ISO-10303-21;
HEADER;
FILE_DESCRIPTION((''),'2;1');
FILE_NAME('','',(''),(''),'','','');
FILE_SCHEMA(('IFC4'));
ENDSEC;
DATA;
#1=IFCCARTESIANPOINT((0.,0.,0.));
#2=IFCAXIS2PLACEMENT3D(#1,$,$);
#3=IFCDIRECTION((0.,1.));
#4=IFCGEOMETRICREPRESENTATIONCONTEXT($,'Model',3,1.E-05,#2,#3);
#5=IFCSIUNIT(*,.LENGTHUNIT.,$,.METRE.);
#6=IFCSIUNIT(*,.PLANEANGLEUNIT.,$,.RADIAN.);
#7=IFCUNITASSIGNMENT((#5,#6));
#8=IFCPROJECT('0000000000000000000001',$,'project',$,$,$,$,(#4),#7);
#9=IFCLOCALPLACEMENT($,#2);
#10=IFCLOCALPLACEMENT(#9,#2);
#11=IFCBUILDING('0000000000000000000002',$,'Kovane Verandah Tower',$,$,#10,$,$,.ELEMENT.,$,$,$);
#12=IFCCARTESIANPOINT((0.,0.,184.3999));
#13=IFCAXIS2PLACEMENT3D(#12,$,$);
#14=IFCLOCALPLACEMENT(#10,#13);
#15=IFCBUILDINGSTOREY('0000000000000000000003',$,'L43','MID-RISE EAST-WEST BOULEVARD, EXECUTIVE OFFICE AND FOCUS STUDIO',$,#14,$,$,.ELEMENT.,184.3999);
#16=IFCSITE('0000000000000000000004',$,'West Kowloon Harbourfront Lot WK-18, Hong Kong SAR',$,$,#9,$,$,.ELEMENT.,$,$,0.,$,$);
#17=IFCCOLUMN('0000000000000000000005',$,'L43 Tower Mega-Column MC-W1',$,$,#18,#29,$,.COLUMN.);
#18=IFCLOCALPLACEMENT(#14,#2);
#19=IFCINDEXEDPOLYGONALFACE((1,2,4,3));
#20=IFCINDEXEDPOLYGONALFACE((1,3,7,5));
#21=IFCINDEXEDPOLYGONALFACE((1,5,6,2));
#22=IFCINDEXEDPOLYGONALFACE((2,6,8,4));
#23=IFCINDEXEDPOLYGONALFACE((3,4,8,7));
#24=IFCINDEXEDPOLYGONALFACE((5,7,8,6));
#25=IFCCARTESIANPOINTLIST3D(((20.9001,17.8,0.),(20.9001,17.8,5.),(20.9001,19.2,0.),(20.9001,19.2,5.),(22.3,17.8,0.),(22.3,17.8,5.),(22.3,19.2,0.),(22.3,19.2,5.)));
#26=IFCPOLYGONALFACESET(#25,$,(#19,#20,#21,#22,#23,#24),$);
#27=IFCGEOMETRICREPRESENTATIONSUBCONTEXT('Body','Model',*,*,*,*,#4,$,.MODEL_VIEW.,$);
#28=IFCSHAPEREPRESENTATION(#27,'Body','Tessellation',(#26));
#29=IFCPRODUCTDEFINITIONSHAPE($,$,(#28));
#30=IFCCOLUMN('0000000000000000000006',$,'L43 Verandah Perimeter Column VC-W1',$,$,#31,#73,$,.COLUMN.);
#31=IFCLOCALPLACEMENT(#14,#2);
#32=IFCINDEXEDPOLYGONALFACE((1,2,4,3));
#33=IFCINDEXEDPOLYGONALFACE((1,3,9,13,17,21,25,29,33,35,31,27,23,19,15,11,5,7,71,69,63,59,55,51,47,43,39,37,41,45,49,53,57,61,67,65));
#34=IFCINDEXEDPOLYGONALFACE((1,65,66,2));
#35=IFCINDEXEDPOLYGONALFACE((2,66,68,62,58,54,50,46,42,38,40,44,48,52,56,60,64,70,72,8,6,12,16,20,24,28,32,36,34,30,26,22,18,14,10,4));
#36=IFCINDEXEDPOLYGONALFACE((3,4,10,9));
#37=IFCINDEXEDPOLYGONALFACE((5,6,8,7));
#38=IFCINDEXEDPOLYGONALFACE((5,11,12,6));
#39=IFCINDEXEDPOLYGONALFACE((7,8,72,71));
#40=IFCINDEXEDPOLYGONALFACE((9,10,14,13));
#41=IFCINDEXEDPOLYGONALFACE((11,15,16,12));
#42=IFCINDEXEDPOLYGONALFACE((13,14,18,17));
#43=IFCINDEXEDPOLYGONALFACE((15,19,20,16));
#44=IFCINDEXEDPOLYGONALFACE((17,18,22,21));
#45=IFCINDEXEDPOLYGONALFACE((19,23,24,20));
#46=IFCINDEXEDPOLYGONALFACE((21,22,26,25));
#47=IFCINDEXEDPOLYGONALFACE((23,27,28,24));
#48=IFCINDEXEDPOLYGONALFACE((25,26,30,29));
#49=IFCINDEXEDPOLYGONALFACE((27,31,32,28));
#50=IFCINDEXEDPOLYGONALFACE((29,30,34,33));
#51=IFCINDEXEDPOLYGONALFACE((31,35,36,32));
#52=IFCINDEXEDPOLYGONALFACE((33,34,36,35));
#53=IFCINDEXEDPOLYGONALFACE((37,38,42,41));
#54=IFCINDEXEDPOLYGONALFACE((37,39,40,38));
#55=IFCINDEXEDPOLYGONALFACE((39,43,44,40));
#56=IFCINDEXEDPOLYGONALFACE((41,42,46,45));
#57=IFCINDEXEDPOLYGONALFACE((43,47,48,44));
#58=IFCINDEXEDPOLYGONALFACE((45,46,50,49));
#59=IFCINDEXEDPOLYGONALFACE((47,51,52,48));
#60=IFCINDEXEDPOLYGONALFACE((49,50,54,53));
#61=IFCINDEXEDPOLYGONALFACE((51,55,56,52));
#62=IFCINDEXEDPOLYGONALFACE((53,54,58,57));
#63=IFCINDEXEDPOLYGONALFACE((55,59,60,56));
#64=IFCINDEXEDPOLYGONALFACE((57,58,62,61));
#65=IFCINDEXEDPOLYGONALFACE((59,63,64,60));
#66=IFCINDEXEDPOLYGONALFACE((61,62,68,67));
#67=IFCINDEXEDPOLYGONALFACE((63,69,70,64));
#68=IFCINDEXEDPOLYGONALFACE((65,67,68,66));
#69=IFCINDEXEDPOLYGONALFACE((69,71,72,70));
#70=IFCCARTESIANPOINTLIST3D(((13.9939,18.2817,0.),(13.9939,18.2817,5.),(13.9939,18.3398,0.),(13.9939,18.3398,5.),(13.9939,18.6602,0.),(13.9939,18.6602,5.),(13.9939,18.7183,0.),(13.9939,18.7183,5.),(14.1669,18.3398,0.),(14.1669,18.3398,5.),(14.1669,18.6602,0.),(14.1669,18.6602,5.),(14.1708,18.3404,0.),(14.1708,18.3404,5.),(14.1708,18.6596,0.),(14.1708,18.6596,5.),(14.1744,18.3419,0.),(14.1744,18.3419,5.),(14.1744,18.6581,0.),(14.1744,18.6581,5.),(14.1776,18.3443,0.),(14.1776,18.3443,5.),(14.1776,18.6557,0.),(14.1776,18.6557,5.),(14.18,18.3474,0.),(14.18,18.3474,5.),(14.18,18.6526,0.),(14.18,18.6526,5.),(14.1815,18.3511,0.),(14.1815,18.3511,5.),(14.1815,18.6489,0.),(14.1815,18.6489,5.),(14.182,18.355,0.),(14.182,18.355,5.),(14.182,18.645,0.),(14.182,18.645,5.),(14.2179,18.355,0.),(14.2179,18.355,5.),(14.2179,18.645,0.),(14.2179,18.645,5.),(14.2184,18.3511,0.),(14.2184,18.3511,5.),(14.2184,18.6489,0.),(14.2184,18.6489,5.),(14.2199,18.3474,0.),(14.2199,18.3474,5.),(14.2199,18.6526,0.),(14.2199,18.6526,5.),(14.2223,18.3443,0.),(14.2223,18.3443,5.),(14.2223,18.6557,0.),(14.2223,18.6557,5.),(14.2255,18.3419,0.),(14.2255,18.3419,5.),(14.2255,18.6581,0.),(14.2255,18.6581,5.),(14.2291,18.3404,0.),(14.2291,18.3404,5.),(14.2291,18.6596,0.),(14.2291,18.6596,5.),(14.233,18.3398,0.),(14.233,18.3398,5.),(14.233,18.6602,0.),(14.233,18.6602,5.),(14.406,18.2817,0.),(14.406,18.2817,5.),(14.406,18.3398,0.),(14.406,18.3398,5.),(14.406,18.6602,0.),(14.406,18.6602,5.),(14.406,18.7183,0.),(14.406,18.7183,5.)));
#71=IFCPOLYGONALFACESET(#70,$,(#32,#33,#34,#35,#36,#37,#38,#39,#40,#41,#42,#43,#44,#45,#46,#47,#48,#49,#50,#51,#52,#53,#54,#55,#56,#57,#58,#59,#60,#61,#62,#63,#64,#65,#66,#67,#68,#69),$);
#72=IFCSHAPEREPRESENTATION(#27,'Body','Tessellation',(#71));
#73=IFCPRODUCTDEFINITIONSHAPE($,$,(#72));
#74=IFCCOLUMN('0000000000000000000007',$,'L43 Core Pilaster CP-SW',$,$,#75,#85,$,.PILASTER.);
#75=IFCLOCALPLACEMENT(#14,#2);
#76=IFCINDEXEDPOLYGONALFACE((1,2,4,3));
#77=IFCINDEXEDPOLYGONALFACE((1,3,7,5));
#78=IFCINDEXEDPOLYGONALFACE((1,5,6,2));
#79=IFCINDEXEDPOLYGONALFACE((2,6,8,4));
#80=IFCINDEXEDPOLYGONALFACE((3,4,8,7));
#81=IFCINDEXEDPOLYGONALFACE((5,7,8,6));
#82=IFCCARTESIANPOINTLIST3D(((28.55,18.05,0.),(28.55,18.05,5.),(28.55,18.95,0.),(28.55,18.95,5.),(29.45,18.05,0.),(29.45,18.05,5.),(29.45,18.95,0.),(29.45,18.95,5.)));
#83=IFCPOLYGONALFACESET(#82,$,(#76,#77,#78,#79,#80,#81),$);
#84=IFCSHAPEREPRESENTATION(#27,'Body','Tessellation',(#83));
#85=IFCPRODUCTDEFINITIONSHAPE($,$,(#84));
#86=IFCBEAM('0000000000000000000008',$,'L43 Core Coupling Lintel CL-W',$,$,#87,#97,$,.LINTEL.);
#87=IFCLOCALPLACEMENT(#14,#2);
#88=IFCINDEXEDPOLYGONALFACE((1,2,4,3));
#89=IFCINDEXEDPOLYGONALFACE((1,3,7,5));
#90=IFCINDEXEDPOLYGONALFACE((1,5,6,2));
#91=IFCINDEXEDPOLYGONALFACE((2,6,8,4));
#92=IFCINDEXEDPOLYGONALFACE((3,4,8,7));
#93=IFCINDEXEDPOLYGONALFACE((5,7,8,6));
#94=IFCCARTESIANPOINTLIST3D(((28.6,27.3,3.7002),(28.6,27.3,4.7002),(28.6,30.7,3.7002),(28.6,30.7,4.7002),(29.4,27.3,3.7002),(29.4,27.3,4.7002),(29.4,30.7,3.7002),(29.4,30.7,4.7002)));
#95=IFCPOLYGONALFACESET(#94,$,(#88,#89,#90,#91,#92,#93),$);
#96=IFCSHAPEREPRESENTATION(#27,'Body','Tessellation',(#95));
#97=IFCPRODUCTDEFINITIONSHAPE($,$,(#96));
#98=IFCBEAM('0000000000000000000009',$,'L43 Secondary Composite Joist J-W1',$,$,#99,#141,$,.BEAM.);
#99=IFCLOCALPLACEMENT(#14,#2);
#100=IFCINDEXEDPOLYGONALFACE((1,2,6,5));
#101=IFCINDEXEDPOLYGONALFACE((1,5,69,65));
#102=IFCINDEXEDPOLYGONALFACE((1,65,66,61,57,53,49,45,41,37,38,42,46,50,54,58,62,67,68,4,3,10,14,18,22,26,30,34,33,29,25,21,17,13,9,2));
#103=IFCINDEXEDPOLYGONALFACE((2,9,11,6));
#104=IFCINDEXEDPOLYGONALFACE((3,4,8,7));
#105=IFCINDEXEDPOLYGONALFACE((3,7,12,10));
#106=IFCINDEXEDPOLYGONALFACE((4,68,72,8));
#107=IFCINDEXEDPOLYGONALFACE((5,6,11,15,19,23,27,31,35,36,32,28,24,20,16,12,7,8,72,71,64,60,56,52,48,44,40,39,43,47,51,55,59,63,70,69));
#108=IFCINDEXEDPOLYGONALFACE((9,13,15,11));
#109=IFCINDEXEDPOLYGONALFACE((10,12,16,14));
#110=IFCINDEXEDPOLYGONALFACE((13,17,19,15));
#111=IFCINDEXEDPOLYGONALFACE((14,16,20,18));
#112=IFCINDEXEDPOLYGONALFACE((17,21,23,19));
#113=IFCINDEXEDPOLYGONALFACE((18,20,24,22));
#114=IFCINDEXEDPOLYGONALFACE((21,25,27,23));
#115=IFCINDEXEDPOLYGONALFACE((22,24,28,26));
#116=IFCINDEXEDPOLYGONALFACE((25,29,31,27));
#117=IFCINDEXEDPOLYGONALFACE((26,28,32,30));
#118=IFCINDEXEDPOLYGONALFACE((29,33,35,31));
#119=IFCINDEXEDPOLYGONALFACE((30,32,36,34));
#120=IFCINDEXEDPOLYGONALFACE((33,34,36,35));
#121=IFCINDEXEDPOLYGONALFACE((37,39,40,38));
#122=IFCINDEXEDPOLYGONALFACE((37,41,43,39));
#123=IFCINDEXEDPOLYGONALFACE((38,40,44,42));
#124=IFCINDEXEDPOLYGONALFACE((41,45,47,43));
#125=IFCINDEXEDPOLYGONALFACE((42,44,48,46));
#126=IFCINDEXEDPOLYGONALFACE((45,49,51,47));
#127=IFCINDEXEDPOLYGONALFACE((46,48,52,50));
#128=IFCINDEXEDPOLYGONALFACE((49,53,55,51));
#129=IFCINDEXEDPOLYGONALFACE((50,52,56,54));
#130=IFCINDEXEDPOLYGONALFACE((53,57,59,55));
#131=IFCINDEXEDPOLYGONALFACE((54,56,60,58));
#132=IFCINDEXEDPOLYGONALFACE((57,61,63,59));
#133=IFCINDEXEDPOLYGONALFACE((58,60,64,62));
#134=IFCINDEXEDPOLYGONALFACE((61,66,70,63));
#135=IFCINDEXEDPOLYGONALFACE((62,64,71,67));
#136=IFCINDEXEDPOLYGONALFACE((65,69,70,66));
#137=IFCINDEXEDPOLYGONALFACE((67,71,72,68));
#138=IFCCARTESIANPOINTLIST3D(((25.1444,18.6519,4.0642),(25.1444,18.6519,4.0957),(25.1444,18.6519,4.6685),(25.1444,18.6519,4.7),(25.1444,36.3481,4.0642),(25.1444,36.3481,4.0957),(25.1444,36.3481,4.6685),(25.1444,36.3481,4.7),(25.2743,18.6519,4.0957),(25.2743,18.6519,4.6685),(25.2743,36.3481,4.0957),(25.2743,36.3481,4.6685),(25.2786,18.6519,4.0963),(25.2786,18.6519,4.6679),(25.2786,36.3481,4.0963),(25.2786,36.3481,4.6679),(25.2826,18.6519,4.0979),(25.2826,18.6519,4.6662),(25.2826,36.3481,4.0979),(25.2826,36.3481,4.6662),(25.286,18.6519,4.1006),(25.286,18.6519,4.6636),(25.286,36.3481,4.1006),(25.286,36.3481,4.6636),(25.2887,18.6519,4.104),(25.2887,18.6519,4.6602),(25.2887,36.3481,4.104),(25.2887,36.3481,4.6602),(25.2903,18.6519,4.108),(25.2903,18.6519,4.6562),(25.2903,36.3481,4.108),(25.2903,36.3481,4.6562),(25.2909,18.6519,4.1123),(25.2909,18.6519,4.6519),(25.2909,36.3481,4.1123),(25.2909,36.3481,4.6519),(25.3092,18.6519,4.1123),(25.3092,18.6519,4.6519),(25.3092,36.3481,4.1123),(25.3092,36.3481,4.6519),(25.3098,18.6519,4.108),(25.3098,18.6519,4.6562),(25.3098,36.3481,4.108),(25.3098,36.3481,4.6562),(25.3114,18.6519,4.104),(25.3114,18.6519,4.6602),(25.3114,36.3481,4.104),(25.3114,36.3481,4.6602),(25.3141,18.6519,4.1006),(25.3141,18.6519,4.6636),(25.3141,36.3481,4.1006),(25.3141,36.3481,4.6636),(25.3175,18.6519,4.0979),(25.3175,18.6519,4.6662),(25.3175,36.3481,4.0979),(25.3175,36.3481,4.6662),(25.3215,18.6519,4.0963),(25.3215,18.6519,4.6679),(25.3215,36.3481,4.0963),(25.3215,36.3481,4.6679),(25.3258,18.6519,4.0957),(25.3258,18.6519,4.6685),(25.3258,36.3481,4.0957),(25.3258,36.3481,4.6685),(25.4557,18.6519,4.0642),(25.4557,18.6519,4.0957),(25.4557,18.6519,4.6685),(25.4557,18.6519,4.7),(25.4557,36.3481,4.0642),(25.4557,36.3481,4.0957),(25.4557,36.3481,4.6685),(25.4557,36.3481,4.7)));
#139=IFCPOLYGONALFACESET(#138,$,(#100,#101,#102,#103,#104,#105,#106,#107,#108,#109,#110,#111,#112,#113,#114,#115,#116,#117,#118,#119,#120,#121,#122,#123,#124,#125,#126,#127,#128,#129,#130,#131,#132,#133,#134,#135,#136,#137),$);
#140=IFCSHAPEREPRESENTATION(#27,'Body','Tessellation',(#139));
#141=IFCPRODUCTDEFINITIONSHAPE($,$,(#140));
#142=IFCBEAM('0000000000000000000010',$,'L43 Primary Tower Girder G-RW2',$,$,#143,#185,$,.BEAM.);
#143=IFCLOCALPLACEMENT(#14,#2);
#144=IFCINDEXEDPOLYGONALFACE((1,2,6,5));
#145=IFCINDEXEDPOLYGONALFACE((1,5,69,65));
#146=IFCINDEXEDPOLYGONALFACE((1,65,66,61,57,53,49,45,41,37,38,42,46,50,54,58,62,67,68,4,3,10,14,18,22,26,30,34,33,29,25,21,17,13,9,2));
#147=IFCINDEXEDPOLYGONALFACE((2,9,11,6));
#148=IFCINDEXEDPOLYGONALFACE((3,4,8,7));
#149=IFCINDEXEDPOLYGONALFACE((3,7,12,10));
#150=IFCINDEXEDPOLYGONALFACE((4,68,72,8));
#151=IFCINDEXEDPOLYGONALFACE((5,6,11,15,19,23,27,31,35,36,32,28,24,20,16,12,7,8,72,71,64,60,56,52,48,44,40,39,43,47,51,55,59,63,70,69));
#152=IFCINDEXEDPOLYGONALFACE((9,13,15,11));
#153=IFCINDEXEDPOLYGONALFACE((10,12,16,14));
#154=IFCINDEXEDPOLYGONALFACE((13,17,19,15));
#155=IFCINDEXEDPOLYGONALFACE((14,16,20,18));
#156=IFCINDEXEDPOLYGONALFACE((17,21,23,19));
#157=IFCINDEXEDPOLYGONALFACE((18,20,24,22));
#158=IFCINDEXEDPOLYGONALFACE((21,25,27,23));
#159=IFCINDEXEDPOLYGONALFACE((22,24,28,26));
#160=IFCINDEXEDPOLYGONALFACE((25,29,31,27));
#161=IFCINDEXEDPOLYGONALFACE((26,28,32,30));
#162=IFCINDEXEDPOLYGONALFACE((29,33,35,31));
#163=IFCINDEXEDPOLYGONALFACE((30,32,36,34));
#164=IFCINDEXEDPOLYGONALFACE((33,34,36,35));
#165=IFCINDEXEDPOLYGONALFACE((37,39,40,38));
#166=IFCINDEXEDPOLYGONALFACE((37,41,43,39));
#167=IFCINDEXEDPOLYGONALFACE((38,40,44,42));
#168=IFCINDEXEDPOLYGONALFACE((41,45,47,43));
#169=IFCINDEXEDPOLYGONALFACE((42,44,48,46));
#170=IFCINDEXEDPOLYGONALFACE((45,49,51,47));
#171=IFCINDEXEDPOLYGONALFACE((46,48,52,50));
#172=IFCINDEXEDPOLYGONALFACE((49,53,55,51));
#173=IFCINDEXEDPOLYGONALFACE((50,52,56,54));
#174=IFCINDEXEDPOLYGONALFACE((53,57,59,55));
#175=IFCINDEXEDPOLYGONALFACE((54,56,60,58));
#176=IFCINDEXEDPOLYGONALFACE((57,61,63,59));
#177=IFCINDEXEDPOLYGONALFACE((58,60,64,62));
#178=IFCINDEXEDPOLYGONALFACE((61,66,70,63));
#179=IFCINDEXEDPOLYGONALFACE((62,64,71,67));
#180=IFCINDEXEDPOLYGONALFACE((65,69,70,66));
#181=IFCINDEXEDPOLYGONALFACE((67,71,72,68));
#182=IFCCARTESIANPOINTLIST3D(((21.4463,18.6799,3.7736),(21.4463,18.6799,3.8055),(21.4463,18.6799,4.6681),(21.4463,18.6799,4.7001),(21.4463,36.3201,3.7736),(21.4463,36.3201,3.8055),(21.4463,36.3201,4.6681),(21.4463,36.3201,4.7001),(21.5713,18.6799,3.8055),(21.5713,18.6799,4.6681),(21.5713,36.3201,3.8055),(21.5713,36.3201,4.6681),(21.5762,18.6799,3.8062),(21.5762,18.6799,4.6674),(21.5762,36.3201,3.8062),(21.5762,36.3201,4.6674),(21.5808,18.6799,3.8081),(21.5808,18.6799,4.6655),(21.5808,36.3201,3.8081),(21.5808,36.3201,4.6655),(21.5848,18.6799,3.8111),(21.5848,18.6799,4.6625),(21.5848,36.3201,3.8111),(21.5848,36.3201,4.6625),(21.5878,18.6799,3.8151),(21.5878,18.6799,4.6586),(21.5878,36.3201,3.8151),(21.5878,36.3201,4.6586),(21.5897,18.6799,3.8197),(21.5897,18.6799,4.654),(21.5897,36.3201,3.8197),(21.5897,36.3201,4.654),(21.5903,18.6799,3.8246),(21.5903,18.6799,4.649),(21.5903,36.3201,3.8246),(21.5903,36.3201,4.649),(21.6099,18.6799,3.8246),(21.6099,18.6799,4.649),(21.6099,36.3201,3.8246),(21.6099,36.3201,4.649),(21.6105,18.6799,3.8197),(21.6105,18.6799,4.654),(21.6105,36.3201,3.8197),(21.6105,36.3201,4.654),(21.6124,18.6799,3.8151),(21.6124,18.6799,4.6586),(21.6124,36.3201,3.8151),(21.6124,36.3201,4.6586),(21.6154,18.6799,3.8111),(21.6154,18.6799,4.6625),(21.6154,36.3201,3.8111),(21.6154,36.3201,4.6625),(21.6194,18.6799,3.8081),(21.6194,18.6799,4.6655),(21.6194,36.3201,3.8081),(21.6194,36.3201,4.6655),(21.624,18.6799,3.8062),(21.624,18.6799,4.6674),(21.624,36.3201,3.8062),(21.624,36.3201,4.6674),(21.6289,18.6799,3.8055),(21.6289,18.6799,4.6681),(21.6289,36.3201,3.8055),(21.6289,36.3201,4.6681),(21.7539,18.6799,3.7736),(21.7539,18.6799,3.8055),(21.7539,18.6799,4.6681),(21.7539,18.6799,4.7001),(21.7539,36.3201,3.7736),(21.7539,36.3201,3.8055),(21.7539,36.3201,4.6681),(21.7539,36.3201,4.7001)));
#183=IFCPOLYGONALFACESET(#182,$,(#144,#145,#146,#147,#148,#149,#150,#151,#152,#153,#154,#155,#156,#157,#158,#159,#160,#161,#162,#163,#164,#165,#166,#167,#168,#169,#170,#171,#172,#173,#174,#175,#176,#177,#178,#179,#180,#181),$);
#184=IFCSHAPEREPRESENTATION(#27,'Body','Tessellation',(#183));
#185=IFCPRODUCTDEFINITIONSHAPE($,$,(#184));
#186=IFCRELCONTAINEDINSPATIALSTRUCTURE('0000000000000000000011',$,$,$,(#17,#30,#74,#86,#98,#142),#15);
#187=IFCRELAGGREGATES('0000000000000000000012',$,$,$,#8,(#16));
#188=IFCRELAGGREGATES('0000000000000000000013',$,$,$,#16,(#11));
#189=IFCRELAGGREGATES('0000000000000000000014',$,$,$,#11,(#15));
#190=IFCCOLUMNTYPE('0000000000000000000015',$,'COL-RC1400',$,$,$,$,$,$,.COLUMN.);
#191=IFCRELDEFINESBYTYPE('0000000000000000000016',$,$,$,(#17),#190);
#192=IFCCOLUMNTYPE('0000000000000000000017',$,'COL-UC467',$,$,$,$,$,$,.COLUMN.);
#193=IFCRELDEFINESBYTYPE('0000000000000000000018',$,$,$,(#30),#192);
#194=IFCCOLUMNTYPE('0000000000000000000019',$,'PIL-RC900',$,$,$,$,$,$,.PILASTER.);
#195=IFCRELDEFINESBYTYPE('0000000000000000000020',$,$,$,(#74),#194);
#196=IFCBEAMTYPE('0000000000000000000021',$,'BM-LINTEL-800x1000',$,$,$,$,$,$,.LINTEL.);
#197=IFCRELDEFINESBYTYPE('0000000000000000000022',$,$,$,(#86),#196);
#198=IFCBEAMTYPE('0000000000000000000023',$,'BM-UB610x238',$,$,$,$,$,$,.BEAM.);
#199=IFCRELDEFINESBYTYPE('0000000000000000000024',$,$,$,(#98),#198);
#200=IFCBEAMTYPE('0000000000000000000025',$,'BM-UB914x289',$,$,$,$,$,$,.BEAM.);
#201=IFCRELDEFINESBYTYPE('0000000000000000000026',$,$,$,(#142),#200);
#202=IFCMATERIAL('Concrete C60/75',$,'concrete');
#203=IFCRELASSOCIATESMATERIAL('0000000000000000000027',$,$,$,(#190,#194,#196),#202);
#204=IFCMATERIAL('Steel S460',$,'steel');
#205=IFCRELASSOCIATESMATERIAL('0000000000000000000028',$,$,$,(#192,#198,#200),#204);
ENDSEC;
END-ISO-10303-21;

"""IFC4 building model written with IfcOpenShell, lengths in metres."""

from ifc_helpers import new_model, si_unit, direction, frame, origin, origin_2d, place, context, subcontext, project, spatial, rectangle, i_section, extrude, material, material_profile, profile_set, type_object, element, save


model = new_model("IFC4")

# Units and contexts
model_context = context("Model", 3, precision=1e-05, world=origin(), true_north=direction((0.0, 1.0)))
body_context = subcontext(model_context, "Body", "Model", "MODEL_VIEW")
ifc_project = project(units=[si_unit("LENGTHUNIT", "METRE"), si_unit("PLANEANGLEUNIT", "RADIAN")], contexts=[model_context])

# Site, building, storey
site_placement = place(None, origin())
site = spatial("IfcSite", under=ifc_project, at=site_placement, Name="West Kowloon Harbourfront Lot WK-18, Hong Kong SAR", CompositionType="ELEMENT", RefElevation=0.0)
building_placement = place(site_placement, origin())
building = spatial("IfcBuilding", under=site, at=building_placement, Name="Kovane Verandah Tower", CompositionType="ELEMENT")
storey_placement = place(building_placement, frame((0.0, 0.0, 184.3999)))
storey = spatial("IfcBuildingStorey", under=building, at=storey_placement, Name="L43", Description="MID-RISE EAST-WEST BOULEVARD, EXECUTIVE OFFICE AND FOCUS STUDIO", CompositionType="ELEMENT", Elevation=184.3999)

# Columns
ifc_material_1 = material(Name="Concrete C60/75", Category="concrete")
ifc_material_profile_1 = material_profile(ifc_material_1, rectangle(XDim=1.3999, YDim=1.3999, at=origin_2d()), Name="RC1400x1400")
ifc_profile_set_1 = profile_set([ifc_material_profile_1], Name="Concrete C60/75")
column_type_1 = type_object("IfcColumnType", Name="COL-RC1400", PredefinedType="COLUMN", material=ifc_profile_set_1)
column_1_placement = place(storey_placement, frame((21.6001, 18.5, 0.0), z_axis=(0.0, 0.0, 1.0), x_axis=(1.0, 0.0, 0.0)))
element("IfcColumn", 1, at=column_1_placement, inside=storey, type_object=column_type_1, Name="L43 Tower Mega-Column MC-W1", PredefinedType="COLUMN", context=body_context, shape_type="SweptSolid", body=[
    extrude(rectangle(XDim=1.3999, YDim=1.3999, at=origin_2d()), origin(), (0.0, 0.0, 1.0), 5.0),
])
ifc_material_2 = material(Name="Steel S460", Category="steel")
ifc_material_profile_2 = material_profile(ifc_material_2, i_section(OverallWidth=0.4121, OverallDepth=0.4365, WebThickness=0.0359, FlangeThickness=0.0581, FilletRadius=0.0151, at=origin_2d()), Name="UC356x406x467")
ifc_profile_set_2 = profile_set([ifc_material_profile_2], Name="Steel S460")
column_type_2 = type_object("IfcColumnType", Name="COL-UC467", PredefinedType="COLUMN", material=ifc_profile_set_2)
column_2_placement = place(storey_placement, frame((14.2, 18.5, 0.0), z_axis=(0.0, 0.0, 1.0), x_axis=(1.0, 0.0, 0.0)))
element("IfcColumn", 2, at=column_2_placement, inside=storey, type_object=column_type_2, Name="L43 Verandah Perimeter Column VC-W1", PredefinedType="COLUMN", context=body_context, shape_type="SweptSolid", body=[
    extrude(i_section(OverallWidth=0.4121, OverallDepth=0.4365, WebThickness=0.0359, FlangeThickness=0.0581, FilletRadius=0.0151, at=origin_2d()), origin(), (0.0, 0.0, 1.0), 5.0),
])
ifc_material_profile_3 = material_profile(ifc_material_1, rectangle(XDim=0.8999, YDim=0.8999, at=origin_2d()), Name="RC900x900")
ifc_profile_set_3 = profile_set([ifc_material_profile_3], Name="Concrete C60/75")
column_type_3 = type_object("IfcColumnType", Name="PIL-RC900", PredefinedType="PILASTER", material=ifc_profile_set_3)
column_3_placement = place(storey_placement, frame((29.0, 18.5, 0.0), z_axis=(0.0, 0.0, 1.0), x_axis=(1.0, 0.0, 0.0)))
element("IfcColumn", 3, at=column_3_placement, inside=storey, type_object=column_type_3, Name="L43 Core Pilaster CP-SW", PredefinedType="PILASTER", context=body_context, shape_type="SweptSolid", body=[
    extrude(rectangle(XDim=0.8999, YDim=0.8999, at=origin_2d()), origin(), (0.0, 0.0, 1.0), 5.0),
])

# Beams
ifc_material_profile_4 = material_profile(ifc_material_1, rectangle(XDim=0.8, YDim=1.0, at=origin_2d()), Name="RCB800x1000")
ifc_profile_set_4 = profile_set([ifc_material_profile_4], Name="Concrete C60/75")
beam_type_1 = type_object("IfcBeamType", Name="BM-LINTEL-800x1000", PredefinedType="LINTEL", material=ifc_profile_set_4)
beam_1_placement = place(storey_placement, frame((29.0, 27.3, 4.2002), z_axis=(0.0, 1.0, 0.0), x_axis=(-1.0, 0.0, 0.0)))
element("IfcBeam", 4, at=beam_1_placement, inside=storey, type_object=beam_type_1, Name="L43 Core Coupling Lintel CL-W", PredefinedType="LINTEL", context=body_context, shape_type="SweptSolid", body=[
    extrude(rectangle(XDim=0.8, YDim=1.0, at=origin_2d()), origin(), (0.0, 0.0, 1.0), 3.3999),
])
ifc_material_profile_5 = material_profile(ifc_material_2, i_section(OverallWidth=0.3113, OverallDepth=0.6357, WebThickness=0.0183, FlangeThickness=0.0315, FilletRadius=0.0166, at=origin_2d()), Name="UB610x305x238")
ifc_profile_set_5 = profile_set([ifc_material_profile_5], Name="Steel S460")
beam_type_2 = type_object("IfcBeamType", Name="BM-UB610x238", PredefinedType="BEAM", material=ifc_profile_set_5)
beam_2_placement = place(storey_placement, frame((25.3, 18.6519, 4.3821), z_axis=(0.0, 1.0, 0.0), x_axis=(-1.0, 0.0, 0.0)))
element("IfcBeam", 5, at=beam_2_placement, inside=storey, type_object=beam_type_2, Name="L43 Secondary Composite Joist J-W1", PredefinedType="BEAM", context=body_context, shape_type="SweptSolid", body=[
    extrude(i_section(OverallWidth=0.3113, OverallDepth=0.6357, WebThickness=0.0183, FlangeThickness=0.0315, FilletRadius=0.0166, at=origin_2d()), origin(), (0.0, 0.0, 1.0), 17.6963),
])
ifc_material_profile_6 = material_profile(ifc_material_2, i_section(OverallWidth=0.3076, OverallDepth=0.9265, WebThickness=0.0195, FlangeThickness=0.032, FilletRadius=0.019, at=origin_2d()), Name="UB914x305x289")
ifc_profile_set_6 = profile_set([ifc_material_profile_6], Name="Steel S460")
beam_type_3 = type_object("IfcBeamType", Name="BM-UB914x289", PredefinedType="BEAM", material=ifc_profile_set_6)
beam_3_placement = place(storey_placement, frame((21.6001, 18.6799, 4.2368), z_axis=(0.0, 1.0, 0.0), x_axis=(-1.0, 0.0, 0.0)))
element("IfcBeam", 6, at=beam_3_placement, inside=storey, type_object=beam_type_3, Name="L43 Primary Tower Girder G-RW2", PredefinedType="BEAM", context=body_context, shape_type="SweptSolid", body=[
    extrude(i_section(OverallWidth=0.3076, OverallDepth=0.9265, WebThickness=0.0195, FlangeThickness=0.032, FilletRadius=0.019, at=origin_2d()), origin(), (0.0, 0.0, 1.0), 17.6401),
])

save(model, "model.ifc")
